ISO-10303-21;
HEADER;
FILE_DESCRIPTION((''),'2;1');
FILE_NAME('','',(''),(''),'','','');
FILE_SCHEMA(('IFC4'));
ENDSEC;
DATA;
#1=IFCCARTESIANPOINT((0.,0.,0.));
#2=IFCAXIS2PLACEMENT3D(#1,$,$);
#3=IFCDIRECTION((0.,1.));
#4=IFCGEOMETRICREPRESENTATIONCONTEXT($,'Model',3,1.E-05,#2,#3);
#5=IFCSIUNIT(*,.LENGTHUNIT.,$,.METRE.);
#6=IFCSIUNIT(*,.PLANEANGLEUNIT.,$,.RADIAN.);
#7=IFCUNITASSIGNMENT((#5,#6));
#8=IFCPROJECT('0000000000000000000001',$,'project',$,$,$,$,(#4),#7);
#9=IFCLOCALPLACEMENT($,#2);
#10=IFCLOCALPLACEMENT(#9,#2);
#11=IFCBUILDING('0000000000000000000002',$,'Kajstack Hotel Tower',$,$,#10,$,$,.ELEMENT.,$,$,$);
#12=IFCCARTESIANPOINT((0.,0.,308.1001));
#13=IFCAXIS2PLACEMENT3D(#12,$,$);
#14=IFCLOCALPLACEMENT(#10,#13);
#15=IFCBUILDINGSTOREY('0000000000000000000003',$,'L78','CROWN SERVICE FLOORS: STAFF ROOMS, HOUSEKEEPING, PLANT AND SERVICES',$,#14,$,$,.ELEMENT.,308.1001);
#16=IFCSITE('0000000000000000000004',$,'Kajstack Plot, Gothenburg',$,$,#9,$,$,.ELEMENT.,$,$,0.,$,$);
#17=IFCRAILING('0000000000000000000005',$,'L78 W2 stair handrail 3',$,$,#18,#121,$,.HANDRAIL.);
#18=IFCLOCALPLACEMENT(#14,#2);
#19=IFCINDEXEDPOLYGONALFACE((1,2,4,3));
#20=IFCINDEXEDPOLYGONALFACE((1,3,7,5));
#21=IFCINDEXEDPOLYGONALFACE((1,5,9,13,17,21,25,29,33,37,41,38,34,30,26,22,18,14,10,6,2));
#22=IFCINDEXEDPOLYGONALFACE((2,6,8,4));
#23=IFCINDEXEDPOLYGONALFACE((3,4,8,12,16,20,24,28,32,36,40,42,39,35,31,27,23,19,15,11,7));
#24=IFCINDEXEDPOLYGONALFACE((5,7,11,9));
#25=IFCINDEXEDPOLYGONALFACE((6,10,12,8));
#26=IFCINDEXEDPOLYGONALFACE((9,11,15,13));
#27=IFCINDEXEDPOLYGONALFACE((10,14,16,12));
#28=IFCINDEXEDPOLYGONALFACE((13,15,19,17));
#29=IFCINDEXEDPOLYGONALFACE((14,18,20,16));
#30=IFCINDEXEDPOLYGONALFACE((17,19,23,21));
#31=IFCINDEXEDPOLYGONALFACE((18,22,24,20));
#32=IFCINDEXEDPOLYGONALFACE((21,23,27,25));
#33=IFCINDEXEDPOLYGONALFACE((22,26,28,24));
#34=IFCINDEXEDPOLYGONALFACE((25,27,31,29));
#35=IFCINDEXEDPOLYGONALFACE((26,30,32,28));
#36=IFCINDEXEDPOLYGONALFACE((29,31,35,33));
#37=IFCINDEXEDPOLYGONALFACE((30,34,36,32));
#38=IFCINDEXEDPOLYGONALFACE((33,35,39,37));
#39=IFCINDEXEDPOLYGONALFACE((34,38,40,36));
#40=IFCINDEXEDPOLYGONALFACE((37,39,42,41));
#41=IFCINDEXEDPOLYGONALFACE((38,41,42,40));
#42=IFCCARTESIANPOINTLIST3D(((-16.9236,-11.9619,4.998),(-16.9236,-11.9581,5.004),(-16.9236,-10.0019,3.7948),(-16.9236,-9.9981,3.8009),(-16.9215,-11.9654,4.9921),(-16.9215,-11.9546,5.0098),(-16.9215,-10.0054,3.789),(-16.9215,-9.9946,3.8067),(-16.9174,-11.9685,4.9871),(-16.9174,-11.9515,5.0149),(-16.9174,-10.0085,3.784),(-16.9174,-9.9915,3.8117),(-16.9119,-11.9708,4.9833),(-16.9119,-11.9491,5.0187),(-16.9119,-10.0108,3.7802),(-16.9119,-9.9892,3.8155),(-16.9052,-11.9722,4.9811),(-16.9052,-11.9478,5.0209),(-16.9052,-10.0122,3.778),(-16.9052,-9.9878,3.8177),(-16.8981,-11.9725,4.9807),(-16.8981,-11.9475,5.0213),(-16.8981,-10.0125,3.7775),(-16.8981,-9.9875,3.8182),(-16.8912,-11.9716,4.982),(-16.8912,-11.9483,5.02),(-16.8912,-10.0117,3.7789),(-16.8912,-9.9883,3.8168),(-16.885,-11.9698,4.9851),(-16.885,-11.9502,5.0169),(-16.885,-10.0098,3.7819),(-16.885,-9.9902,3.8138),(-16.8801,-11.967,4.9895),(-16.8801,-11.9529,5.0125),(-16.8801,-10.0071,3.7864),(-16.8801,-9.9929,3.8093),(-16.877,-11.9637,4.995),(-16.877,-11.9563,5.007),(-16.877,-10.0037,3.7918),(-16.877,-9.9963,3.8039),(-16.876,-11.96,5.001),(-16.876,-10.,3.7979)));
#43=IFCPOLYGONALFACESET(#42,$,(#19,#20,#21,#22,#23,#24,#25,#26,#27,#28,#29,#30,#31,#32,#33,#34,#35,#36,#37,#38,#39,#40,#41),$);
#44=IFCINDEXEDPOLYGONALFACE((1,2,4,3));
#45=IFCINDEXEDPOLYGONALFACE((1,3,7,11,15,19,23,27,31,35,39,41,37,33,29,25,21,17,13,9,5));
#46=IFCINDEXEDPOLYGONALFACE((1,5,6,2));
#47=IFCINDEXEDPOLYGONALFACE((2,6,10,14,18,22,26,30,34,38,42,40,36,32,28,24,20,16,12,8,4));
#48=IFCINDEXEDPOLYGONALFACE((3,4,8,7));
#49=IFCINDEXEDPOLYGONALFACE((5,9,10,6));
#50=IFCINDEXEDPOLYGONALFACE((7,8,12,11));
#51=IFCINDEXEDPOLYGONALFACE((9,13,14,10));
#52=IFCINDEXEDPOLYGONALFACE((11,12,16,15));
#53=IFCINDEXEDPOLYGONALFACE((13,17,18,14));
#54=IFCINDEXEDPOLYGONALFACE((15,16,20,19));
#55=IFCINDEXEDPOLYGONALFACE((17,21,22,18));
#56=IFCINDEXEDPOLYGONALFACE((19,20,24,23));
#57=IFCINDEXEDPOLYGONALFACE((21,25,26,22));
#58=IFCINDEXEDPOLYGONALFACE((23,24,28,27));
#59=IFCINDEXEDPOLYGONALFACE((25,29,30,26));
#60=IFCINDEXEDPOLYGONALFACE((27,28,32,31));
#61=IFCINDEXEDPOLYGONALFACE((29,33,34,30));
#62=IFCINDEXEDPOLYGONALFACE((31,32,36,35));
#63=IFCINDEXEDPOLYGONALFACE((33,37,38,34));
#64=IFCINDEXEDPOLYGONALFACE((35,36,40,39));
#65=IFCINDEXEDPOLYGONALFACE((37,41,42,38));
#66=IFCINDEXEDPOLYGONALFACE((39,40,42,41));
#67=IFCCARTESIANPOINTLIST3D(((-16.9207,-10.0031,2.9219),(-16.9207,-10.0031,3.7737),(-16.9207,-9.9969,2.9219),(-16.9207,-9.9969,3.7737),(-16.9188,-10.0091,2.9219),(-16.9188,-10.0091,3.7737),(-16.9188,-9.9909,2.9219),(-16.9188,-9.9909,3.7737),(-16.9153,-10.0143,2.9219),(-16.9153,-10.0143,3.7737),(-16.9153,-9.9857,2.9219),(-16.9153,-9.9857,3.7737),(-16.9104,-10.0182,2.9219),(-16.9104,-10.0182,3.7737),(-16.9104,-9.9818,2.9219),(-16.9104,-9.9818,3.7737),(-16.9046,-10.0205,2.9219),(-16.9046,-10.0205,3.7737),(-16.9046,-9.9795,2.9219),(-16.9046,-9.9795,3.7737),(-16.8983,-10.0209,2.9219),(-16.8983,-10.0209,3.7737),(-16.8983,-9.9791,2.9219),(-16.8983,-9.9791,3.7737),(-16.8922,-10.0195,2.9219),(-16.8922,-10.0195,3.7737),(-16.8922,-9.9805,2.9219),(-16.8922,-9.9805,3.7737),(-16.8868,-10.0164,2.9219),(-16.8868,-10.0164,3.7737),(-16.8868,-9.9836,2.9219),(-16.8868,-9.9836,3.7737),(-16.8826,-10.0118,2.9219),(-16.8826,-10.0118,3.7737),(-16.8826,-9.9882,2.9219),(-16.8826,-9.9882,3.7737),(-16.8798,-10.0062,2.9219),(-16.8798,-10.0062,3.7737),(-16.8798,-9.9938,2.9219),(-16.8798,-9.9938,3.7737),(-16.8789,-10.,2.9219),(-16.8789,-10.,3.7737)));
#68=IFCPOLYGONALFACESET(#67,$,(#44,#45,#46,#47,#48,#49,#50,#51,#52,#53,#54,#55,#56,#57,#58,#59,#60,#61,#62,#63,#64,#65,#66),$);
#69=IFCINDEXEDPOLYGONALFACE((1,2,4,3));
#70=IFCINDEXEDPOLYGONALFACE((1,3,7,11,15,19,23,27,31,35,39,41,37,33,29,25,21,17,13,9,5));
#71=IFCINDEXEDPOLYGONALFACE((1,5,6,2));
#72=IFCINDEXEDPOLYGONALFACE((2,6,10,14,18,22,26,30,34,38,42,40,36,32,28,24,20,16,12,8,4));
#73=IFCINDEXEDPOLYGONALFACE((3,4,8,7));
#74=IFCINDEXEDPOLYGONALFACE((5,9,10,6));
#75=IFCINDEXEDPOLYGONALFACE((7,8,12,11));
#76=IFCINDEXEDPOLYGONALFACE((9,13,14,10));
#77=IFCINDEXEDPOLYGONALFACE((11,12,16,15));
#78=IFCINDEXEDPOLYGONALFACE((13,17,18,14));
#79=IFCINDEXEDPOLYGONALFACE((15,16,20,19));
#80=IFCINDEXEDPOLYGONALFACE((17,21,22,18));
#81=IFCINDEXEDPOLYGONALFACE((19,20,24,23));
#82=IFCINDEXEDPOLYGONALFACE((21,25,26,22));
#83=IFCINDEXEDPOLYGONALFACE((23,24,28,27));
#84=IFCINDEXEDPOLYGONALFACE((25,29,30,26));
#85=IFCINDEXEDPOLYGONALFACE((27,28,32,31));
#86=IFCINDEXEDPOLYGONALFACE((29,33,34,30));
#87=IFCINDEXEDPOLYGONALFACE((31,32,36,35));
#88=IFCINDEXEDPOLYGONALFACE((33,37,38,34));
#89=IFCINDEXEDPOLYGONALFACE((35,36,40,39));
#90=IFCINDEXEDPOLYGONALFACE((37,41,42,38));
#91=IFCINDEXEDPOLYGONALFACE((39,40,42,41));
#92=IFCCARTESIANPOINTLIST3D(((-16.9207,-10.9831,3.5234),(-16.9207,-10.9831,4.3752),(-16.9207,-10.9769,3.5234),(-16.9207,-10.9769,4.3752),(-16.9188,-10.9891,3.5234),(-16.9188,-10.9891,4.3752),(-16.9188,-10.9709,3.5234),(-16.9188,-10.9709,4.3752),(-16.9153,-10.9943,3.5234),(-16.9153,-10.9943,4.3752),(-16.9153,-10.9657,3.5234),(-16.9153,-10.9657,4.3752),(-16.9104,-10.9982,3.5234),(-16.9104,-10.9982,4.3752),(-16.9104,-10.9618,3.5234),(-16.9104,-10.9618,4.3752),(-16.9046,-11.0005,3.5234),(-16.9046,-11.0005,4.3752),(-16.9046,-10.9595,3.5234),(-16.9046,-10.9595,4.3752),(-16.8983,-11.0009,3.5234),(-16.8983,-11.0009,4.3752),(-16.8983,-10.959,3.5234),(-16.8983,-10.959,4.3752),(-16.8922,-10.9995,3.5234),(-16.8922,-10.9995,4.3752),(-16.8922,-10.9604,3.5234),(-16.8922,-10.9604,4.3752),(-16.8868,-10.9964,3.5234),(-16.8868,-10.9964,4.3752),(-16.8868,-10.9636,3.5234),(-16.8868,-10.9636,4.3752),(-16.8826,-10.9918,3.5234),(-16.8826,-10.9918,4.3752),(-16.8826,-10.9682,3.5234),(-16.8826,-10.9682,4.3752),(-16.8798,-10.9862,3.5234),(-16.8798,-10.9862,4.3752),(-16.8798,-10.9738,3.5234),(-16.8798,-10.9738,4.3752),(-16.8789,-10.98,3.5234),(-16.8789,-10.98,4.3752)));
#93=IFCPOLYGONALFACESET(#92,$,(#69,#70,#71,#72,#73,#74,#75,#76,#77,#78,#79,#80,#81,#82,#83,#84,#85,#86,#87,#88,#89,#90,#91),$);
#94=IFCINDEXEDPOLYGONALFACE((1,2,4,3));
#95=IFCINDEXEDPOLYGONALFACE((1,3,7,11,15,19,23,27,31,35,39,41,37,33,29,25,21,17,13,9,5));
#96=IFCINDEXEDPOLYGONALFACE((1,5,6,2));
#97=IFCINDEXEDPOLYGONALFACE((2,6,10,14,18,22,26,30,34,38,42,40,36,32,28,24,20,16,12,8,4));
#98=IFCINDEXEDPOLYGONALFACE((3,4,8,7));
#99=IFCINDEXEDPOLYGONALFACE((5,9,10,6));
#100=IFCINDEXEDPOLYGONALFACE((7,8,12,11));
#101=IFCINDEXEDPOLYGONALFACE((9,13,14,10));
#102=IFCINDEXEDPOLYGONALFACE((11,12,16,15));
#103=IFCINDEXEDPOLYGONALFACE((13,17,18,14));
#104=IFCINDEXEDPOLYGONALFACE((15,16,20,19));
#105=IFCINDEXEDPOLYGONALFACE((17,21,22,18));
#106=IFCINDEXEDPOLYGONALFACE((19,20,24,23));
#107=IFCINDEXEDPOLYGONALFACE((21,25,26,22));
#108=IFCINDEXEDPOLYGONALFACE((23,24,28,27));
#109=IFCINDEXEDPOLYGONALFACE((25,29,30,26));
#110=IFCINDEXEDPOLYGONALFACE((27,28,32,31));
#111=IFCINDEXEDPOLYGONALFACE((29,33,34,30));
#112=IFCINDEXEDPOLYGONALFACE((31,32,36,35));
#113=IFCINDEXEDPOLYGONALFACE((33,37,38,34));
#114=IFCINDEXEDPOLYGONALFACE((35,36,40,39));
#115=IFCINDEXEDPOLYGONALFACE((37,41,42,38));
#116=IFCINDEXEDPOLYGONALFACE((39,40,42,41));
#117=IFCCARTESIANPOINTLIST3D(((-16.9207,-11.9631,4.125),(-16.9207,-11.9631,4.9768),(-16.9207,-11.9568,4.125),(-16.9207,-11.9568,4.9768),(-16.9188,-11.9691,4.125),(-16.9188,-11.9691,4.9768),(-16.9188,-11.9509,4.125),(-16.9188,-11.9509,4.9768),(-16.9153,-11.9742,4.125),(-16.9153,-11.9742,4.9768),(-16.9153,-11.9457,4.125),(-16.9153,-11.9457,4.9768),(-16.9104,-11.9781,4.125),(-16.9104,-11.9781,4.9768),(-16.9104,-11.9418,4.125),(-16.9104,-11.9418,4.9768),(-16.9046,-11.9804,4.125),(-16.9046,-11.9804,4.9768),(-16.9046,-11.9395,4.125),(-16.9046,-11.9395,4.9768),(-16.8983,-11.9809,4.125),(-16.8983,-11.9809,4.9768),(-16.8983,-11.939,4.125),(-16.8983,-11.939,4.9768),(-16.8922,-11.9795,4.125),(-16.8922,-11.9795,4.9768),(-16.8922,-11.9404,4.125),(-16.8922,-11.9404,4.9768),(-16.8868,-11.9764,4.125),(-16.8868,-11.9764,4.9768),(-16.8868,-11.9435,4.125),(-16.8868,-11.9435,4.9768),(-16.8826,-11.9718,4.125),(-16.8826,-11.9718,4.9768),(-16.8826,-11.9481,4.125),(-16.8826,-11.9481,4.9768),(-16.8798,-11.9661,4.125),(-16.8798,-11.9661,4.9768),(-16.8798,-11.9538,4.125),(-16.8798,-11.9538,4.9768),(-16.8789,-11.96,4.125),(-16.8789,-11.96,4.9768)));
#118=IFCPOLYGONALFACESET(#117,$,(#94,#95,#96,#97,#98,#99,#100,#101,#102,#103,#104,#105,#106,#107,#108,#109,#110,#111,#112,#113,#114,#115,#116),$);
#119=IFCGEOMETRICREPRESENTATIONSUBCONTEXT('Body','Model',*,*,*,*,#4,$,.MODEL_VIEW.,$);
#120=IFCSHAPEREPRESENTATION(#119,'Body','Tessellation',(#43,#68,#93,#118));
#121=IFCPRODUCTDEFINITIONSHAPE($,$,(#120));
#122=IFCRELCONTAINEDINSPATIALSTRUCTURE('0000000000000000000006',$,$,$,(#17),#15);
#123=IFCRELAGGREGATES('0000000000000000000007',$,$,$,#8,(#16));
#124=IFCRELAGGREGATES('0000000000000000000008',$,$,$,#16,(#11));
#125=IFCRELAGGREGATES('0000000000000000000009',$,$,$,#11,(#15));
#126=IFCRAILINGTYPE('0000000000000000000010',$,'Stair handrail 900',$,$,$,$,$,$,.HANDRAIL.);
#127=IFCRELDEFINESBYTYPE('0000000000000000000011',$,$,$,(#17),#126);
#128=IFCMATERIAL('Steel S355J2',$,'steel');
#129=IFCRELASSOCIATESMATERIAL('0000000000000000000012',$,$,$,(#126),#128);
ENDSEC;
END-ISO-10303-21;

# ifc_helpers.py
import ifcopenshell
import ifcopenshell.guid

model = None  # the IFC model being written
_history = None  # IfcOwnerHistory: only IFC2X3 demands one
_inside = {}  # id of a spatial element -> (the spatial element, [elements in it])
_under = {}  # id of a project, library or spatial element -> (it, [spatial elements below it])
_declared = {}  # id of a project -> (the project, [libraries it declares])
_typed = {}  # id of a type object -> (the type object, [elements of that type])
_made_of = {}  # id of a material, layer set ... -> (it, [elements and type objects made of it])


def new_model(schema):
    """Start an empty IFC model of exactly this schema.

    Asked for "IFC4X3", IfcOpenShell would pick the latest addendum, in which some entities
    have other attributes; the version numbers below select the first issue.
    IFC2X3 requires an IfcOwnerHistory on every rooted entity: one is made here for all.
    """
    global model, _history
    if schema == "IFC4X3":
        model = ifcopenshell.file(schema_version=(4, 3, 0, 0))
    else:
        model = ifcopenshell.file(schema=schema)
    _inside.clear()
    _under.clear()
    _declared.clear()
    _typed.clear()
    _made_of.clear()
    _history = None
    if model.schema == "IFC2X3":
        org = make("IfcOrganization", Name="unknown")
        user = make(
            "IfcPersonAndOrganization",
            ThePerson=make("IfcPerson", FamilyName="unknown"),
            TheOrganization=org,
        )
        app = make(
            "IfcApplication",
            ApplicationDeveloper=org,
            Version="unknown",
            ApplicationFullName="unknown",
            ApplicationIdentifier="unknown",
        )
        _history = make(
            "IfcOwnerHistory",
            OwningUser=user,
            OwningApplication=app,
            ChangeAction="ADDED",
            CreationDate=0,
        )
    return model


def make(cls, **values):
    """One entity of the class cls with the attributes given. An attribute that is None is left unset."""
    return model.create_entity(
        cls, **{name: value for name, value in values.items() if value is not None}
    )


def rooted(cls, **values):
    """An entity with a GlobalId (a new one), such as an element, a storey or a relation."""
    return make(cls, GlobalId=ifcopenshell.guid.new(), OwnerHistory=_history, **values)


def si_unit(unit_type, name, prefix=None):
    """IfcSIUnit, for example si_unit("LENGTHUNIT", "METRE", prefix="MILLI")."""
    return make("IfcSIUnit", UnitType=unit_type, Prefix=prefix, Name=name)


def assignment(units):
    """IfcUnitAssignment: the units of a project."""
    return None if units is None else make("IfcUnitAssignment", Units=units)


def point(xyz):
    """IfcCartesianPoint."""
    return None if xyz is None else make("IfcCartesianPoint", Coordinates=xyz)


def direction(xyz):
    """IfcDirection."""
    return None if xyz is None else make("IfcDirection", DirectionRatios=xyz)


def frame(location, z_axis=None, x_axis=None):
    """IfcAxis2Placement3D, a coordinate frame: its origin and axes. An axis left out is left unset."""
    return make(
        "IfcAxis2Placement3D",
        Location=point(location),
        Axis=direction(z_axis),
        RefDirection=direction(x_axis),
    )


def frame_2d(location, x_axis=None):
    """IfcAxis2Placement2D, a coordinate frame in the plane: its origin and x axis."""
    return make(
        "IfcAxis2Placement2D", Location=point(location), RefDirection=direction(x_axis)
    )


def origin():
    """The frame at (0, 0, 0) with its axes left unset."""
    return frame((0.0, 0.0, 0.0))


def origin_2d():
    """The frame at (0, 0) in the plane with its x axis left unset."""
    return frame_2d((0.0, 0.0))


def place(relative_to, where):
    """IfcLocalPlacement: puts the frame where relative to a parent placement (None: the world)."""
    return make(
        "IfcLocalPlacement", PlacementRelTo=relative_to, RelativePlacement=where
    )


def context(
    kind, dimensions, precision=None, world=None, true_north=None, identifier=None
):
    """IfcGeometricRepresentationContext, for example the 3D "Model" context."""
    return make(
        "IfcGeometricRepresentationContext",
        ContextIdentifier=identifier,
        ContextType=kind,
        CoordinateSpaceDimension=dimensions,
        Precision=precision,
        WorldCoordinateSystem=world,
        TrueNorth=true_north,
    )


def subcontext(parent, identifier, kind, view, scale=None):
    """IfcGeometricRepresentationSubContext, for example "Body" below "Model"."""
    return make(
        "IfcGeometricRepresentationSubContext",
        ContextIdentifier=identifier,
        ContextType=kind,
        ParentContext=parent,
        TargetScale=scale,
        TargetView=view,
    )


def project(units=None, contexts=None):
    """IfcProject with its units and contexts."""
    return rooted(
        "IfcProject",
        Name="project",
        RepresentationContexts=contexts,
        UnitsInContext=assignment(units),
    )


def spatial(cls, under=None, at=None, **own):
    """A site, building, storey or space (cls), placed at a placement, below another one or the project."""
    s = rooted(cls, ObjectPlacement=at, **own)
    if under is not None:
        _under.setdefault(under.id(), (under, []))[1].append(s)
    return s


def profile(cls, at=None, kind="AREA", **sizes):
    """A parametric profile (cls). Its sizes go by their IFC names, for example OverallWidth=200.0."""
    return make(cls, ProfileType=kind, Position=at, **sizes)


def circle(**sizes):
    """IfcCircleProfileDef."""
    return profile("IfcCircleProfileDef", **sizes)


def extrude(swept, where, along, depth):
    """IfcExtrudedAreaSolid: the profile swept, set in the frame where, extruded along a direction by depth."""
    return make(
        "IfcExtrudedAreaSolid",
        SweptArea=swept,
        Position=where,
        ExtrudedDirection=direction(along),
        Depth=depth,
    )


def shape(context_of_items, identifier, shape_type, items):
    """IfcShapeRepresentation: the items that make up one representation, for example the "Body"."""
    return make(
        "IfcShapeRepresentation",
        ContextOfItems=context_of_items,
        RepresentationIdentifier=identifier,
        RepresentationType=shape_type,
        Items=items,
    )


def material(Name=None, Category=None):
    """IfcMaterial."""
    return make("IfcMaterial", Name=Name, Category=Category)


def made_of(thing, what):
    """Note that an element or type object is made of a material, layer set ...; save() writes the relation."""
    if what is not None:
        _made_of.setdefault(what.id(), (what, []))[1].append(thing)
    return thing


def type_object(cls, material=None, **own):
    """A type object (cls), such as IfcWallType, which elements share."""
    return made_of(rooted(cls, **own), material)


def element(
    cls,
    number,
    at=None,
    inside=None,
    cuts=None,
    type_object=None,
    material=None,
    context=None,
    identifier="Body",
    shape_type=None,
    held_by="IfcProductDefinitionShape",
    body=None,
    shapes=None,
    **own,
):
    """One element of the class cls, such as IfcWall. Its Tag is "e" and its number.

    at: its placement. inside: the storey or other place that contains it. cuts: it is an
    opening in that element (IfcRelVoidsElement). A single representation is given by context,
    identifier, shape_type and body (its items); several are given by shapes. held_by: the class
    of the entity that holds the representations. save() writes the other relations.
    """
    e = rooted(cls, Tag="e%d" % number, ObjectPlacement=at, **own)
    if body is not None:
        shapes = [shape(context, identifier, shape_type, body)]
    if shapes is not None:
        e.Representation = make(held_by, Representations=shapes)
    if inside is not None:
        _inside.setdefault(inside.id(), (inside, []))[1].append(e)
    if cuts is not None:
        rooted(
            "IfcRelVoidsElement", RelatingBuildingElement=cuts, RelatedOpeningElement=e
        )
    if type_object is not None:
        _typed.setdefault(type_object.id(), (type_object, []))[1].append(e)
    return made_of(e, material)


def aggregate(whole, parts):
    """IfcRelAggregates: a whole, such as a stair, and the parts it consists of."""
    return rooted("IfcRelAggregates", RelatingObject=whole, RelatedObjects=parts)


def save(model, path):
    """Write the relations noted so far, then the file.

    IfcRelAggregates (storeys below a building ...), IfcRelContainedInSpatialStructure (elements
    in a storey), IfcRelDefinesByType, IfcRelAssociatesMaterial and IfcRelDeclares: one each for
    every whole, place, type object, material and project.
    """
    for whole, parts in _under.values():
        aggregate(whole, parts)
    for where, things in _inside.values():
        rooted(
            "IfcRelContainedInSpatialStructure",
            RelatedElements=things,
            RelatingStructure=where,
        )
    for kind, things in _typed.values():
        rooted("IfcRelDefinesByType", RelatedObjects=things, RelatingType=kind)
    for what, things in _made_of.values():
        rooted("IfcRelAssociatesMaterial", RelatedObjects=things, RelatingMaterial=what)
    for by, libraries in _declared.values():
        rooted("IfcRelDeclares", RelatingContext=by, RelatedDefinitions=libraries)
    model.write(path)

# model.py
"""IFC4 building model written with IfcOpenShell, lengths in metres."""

from ifc_helpers import new_model, si_unit, direction, frame, origin, origin_2d, place, context, subcontext, project, spatial, circle, extrude, material, type_object, element, save


model = new_model("IFC4")

# Units and contexts
model_context = context("Model", 3, precision=1e-05, world=origin(), true_north=direction((0.0, 1.0)))
body_context = subcontext(model_context, "Body", "Model", "MODEL_VIEW")
ifc_project = project(units=[si_unit("LENGTHUNIT", "METRE"), si_unit("PLANEANGLEUNIT", "RADIAN")], contexts=[model_context])

# Site, building, storey
site_placement = place(None, origin())
site = spatial("IfcSite", under=ifc_project, at=site_placement, Name="Kajstack Plot, Gothenburg", CompositionType="ELEMENT", RefElevation=0.0)
building_placement = place(site_placement, origin())
building = spatial("IfcBuilding", under=site, at=building_placement, Name="Kajstack Hotel Tower", CompositionType="ELEMENT")
storey_placement = place(building_placement, frame((0.0, 0.0, 308.1001)))
storey = spatial("IfcBuildingStorey", under=building, at=storey_placement, Name="L78", Description="CROWN SERVICE FLOORS: STAFF ROOMS, HOUSEKEEPING, PLANT AND SERVICES", CompositionType="ELEMENT", Elevation=308.1001)

# Shared definitions
ifc_material_1 = material(Name="Steel S355J2", Category="steel")

# Railing
railing_type_1 = type_object("IfcRailingType", Name="Stair handrail 900", PredefinedType="HANDRAIL", material=ifc_material_1)
railing_1_placement = place(storey_placement, frame((-16.8999, -10.0, 2.9219)))
element("IfcRailing", 1, at=railing_1_placement, inside=storey, type_object=railing_type_1, Name="L78 W2 stair handrail 3", PredefinedType="HANDRAIL", context=body_context, shape_type="SweptSolid", body=[
    extrude(circle(Radius=0.0239, at=origin_2d()), frame((0.0, 0.0, 0.876), z_axis=(0.0, -0.852241, 0.523149), x_axis=(1.0, 0.0, 0.0)), (0.0, 0.0, 1.0), 2.2998),
    extrude(circle(Radius=0.021, at=origin_2d()), origin(), (0.0, 0.0, 1.0), 0.8518),
    extrude(circle(Radius=0.021, at=origin_2d()), frame((0.0, -0.98, 0.6016)), (0.0, 0.0, 1.0), 0.8518),
    extrude(circle(Radius=0.021, at=origin_2d()), frame((0.0, -1.96, 1.2031)), (0.0, 0.0, 1.0), 0.8518),
])

save(model, "model.ifc")
